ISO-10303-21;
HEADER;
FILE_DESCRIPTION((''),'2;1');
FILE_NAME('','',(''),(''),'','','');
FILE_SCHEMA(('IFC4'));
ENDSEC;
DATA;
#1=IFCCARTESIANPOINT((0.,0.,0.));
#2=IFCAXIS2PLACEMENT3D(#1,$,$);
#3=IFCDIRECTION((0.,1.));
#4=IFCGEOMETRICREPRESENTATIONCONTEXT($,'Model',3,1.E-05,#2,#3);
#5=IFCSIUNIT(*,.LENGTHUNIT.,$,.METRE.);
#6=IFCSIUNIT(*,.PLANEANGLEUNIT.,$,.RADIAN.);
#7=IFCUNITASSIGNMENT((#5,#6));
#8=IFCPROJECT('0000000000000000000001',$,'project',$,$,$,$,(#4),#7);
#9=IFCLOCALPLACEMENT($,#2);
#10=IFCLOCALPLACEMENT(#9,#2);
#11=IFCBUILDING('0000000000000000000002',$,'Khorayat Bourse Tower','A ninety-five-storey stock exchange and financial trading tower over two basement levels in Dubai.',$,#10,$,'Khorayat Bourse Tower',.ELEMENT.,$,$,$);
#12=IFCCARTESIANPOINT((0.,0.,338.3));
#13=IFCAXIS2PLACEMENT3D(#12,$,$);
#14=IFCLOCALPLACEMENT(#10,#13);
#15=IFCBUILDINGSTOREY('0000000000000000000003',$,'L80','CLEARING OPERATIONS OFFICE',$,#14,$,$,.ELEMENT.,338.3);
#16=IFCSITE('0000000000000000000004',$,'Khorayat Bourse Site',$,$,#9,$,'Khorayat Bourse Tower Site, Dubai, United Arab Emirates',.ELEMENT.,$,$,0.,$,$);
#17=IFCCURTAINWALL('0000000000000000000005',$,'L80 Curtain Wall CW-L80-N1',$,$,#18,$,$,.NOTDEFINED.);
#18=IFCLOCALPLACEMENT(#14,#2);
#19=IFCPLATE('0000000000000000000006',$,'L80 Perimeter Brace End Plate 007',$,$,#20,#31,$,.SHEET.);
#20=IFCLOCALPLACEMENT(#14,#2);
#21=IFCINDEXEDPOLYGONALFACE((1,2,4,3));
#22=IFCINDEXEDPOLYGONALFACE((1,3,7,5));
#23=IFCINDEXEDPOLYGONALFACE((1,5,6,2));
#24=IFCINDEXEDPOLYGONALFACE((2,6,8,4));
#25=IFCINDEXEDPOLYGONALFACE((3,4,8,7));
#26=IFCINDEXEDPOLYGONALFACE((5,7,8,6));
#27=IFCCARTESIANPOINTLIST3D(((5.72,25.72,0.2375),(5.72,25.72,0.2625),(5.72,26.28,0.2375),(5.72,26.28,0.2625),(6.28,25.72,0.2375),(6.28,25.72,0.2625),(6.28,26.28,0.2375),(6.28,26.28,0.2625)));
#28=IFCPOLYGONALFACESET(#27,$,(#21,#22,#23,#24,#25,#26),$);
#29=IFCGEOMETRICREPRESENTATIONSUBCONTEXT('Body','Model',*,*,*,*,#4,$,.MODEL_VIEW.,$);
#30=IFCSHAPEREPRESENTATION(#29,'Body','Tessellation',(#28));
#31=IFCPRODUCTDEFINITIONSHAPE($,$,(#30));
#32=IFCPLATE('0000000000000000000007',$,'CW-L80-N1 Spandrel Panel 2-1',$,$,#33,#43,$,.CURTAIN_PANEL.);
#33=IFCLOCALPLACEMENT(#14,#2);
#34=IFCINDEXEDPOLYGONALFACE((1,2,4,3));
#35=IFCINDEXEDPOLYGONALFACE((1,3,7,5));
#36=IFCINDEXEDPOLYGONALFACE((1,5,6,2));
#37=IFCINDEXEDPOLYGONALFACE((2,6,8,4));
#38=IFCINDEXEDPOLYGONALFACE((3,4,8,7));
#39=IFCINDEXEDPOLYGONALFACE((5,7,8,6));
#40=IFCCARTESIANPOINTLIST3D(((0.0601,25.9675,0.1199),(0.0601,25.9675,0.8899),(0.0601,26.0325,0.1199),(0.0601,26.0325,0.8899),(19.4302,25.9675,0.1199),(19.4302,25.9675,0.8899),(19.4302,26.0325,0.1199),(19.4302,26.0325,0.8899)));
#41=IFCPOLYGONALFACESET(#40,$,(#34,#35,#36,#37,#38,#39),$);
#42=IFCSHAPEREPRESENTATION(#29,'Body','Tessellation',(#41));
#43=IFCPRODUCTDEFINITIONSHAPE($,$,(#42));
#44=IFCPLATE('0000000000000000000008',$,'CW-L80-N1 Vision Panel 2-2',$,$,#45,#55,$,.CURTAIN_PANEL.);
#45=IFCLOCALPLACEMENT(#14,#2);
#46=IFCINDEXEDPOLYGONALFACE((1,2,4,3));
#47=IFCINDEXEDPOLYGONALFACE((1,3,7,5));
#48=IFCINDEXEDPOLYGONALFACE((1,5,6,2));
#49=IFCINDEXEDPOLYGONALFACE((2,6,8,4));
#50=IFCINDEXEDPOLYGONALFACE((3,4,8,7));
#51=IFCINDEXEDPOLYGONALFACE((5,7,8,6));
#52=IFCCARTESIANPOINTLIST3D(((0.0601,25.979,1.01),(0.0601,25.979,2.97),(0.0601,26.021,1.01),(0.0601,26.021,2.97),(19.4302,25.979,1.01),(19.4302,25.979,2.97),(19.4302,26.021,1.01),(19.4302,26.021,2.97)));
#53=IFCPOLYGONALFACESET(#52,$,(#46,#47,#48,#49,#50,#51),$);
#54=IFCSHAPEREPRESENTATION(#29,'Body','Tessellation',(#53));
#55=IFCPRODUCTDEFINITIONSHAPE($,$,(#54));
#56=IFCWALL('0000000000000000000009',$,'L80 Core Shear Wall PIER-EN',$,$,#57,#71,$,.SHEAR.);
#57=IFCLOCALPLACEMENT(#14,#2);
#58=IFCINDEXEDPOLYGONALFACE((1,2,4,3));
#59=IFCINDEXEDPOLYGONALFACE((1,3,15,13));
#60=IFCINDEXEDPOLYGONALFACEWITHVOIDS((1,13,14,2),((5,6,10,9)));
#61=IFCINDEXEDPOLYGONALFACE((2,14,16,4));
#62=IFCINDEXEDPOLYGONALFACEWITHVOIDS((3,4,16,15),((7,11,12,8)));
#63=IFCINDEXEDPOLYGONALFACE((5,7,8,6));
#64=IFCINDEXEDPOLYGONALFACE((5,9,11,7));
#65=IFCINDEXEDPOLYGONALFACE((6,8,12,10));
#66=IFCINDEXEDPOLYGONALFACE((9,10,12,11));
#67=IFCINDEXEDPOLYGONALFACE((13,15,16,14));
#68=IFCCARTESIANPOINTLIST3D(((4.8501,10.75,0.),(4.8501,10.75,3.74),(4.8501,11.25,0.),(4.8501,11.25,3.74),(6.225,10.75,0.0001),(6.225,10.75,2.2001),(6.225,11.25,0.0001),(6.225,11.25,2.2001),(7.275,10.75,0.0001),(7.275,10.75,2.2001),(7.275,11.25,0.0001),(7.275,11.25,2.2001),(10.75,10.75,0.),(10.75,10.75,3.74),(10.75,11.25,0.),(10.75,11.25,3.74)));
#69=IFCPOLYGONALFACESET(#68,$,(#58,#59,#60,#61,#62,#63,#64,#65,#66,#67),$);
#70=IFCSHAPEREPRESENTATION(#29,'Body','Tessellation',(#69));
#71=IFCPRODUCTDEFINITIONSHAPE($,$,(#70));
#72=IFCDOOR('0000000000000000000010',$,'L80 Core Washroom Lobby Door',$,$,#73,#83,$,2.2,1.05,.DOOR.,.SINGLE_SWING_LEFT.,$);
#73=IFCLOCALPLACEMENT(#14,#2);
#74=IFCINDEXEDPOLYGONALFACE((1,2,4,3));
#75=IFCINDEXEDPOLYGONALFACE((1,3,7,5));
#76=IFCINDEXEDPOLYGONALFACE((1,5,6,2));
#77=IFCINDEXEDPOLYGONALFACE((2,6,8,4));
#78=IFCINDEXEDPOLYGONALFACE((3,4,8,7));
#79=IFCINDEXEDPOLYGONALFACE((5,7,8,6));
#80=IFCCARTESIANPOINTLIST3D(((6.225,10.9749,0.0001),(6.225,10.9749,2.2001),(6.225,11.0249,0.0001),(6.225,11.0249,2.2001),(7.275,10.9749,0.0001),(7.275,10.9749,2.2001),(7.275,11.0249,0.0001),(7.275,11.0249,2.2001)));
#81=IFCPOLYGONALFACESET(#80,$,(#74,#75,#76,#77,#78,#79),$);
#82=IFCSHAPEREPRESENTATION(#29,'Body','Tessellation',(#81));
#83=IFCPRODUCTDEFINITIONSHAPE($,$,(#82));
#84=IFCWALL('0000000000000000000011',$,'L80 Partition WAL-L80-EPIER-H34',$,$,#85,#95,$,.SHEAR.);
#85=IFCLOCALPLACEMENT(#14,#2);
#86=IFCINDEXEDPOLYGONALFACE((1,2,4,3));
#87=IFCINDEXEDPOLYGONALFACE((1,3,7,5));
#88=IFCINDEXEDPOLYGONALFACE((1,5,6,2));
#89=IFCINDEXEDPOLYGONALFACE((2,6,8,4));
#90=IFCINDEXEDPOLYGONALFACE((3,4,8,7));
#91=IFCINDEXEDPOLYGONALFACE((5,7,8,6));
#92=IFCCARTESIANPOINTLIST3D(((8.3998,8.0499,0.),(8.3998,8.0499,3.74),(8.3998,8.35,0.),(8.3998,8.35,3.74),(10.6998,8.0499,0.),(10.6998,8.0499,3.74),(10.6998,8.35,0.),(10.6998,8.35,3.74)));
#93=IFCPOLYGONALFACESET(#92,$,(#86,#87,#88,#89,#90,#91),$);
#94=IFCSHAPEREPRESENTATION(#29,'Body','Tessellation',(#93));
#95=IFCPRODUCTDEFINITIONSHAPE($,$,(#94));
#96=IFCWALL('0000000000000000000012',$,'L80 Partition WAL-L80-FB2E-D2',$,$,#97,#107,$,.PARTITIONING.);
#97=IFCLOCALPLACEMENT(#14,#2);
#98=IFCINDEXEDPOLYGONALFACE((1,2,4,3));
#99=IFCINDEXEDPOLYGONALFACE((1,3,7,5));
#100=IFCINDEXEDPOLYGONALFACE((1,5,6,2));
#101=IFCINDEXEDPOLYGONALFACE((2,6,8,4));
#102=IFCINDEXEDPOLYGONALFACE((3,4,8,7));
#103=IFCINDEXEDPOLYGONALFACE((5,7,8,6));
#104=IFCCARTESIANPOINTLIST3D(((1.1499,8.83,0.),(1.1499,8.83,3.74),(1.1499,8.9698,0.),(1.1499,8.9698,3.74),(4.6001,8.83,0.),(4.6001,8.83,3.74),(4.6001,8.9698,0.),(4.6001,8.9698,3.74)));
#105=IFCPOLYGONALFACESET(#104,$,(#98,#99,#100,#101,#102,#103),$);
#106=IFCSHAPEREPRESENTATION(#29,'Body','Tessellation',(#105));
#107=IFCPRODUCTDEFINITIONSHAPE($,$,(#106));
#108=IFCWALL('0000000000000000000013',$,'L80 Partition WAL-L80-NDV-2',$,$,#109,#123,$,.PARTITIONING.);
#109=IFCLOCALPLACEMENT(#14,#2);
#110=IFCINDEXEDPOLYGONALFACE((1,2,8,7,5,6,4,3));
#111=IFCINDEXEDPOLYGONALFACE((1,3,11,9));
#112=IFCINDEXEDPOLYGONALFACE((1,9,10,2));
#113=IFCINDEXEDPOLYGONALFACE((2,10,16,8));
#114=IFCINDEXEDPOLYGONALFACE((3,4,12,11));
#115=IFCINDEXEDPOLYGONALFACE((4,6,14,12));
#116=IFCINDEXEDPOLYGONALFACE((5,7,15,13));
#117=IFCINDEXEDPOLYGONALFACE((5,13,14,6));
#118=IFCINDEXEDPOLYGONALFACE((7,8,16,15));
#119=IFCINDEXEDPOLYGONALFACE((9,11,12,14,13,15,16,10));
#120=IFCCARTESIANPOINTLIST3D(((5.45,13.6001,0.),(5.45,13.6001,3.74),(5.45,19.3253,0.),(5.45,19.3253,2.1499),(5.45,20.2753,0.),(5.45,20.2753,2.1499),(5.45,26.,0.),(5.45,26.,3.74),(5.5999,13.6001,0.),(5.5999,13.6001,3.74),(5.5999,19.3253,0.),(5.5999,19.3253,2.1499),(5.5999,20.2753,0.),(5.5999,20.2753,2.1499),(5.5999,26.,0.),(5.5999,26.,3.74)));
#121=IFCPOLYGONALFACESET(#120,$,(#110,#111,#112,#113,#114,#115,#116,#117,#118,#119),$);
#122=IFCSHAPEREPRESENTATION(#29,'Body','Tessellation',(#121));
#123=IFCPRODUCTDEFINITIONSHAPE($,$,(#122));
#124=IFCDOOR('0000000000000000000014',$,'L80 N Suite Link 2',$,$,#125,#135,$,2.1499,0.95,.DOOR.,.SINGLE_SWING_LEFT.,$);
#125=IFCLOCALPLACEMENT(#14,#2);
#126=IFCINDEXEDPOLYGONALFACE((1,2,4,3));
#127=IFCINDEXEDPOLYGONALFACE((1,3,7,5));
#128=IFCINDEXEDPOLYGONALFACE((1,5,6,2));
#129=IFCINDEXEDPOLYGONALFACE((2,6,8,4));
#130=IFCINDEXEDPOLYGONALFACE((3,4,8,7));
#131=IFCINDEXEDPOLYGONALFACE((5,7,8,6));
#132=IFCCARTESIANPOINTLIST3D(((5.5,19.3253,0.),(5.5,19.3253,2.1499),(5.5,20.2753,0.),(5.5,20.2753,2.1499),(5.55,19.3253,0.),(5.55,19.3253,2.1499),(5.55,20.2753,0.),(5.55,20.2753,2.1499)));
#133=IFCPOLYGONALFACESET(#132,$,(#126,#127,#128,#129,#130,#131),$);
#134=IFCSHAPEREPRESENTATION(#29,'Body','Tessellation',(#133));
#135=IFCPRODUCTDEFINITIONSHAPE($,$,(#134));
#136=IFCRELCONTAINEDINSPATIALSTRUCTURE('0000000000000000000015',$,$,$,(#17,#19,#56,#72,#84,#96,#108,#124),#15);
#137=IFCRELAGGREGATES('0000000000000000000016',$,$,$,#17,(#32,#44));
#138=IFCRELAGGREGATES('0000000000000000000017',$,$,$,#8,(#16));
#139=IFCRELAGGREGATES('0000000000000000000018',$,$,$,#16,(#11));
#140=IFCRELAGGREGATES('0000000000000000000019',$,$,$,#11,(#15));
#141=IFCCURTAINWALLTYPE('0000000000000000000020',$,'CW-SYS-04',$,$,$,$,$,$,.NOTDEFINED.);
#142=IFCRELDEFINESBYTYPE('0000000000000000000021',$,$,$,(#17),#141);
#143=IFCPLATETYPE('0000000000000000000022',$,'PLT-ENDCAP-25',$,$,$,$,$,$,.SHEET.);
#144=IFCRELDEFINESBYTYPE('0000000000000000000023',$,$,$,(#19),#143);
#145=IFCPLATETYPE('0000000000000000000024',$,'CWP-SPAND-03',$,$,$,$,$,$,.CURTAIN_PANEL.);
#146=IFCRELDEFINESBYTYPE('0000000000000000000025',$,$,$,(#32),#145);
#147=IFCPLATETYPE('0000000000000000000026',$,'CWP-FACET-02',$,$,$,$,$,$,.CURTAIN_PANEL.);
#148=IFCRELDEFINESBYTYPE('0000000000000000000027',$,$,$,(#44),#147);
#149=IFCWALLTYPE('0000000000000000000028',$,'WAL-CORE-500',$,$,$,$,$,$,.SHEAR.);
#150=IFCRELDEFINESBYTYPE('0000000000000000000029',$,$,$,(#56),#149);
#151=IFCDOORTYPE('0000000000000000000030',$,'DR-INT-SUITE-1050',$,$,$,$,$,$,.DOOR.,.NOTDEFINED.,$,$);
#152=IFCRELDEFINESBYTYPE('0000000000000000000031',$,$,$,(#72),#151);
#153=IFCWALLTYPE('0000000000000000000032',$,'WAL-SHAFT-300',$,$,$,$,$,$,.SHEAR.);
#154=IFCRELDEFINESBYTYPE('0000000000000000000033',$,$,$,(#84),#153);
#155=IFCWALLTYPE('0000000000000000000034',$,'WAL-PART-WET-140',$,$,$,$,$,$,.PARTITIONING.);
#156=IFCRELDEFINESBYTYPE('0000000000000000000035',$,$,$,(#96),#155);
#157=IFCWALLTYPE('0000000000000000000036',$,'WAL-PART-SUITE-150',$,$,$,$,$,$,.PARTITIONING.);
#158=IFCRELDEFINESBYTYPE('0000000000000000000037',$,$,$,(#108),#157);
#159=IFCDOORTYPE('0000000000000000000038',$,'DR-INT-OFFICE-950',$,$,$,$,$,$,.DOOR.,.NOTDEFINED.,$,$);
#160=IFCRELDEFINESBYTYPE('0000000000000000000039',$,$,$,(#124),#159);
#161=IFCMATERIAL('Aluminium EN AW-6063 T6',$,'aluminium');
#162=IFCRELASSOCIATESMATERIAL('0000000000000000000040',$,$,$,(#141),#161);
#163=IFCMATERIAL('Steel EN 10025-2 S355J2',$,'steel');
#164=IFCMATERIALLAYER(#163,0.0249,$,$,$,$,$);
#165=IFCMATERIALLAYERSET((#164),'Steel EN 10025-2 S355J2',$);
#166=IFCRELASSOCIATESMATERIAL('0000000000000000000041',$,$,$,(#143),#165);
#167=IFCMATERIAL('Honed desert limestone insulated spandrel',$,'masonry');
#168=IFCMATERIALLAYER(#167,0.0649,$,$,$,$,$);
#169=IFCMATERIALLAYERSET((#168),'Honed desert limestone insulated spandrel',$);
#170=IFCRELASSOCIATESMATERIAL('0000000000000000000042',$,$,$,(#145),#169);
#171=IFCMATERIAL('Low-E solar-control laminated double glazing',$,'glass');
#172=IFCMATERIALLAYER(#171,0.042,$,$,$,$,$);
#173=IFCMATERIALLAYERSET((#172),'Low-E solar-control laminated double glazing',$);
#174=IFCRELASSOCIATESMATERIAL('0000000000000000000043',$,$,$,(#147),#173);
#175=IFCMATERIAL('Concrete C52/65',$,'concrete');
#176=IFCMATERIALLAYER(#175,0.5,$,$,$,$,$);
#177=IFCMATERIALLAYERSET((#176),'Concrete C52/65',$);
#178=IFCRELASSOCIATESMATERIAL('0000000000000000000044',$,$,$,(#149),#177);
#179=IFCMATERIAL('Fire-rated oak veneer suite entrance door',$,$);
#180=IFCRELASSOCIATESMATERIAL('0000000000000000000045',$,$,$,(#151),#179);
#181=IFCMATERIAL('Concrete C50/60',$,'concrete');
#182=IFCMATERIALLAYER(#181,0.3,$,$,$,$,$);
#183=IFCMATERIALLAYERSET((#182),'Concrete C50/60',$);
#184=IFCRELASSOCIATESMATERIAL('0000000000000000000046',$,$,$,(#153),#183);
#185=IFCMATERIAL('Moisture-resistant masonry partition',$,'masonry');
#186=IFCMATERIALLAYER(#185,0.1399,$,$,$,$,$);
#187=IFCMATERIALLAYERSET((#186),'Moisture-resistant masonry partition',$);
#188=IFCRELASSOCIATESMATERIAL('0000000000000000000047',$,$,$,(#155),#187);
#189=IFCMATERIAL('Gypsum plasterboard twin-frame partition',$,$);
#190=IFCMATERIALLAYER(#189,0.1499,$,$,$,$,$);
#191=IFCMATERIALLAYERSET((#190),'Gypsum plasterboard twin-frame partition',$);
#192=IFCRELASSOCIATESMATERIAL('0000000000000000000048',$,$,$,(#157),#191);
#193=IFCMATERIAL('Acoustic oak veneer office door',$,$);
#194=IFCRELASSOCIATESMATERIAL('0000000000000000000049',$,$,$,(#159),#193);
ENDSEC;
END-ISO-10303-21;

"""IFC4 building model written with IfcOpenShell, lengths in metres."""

from ifc_helpers import new_model, si_unit, direction, frame, frame_2d, origin, origin_2d, place, context, subcontext, project, spatial, rectangle, extrude, source, transform, mapped, material, layer, layer_set, type_object, element, fill, aggregate, save


model = new_model("IFC4")

# Units and contexts
model_context = context("Model", 3, precision=1e-05, world=origin(), true_north=direction((0.0, 1.0)))
body_context = subcontext(model_context, "Body", "Model", "MODEL_VIEW")
ifc_project = project(units=[si_unit("LENGTHUNIT", "METRE"), si_unit("PLANEANGLEUNIT", "RADIAN")], contexts=[model_context])

# Site, building, storey
site_placement = place(None, origin())
site = spatial("IfcSite", under=ifc_project, at=site_placement, Name="Khorayat Bourse Site", LongName="Khorayat Bourse Tower Site, Dubai, United Arab Emirates", CompositionType="ELEMENT", RefElevation=0.0)
building_placement = place(site_placement, origin())
building = spatial("IfcBuilding", under=site, at=building_placement, Name="Khorayat Bourse Tower", Description="A ninety-five-storey stock exchange and financial trading tower over two basement levels in Dubai.", LongName="Khorayat Bourse Tower", CompositionType="ELEMENT")
storey_placement = place(building_placement, frame((0.0, 0.0, 338.3)))
storey = spatial("IfcBuildingStorey", under=building, at=storey_placement, Name="L80", Description="CLEARING OPERATIONS OFFICE", CompositionType="ELEMENT", Elevation=338.3)

# Shared definitions
ifc_material_1 = material(Name="Concrete C52/65", Category="concrete")
ifc_material_2 = material(Name="Steel EN 10025-2 S355J2", Category="steel")

# Curtain wall
ifc_material_3 = material(Name="Aluminium EN AW-6063 T6", Category="aluminium")
curtain_wall_type = type_object("IfcCurtainWallType", Name="CW-SYS-04", PredefinedType="NOTDEFINED", material=ifc_material_3)
curtain_wall_placement = place(storey_placement, origin())
curtain_wall = element("IfcCurtainWall", 1, at=curtain_wall_placement, inside=storey, type_object=curtain_wall_type, Name="L80 Curtain Wall CW-L80-N1", PredefinedType="NOTDEFINED")

# Plates
ifc_layer_1 = layer(ifc_material_2, 0.0249)
ifc_layer_set_1 = layer_set([ifc_layer_1], Name="Steel EN 10025-2 S355J2")
plate_type_1 = type_object("IfcPlateType", Name="PLT-ENDCAP-25", PredefinedType="SHEET", material=ifc_layer_set_1)
shared_shape_1 = source(origin(), body_context, "Body", "SweptSolid", [
    extrude(rectangle(XDim=0.5601, YDim=0.5601, at=origin_2d()), origin(), (0.0, 0.0, 1.0), 0.0249),
])
plate_1_placement = place(storey_placement, frame((6.0, 26.0, 0.2375), z_axis=(0.0, 0.0, 1.0), x_axis=(1.0, 0.0, 0.0)))
element("IfcPlate", 2, at=plate_1_placement, inside=storey, type_object=plate_type_1, Name="L80 Perimeter Brace End Plate 007", PredefinedType="SHEET", context=body_context, shape_type="MappedRepresentation", body=[
    mapped(shared_shape_1, transform((0.0, 0.0, 0.0), scale=1.0)),
])
ifc_material_4 = material(Name="Honed desert limestone insulated spandrel", Category="masonry")
ifc_layer_2 = layer(ifc_material_4, 0.0649)
ifc_layer_set_2 = layer_set([ifc_layer_2], Name="Honed desert limestone insulated spandrel")
plate_type_2 = type_object("IfcPlateType", Name="CWP-SPAND-03", PredefinedType="CURTAIN_PANEL", material=ifc_layer_set_2)
shared_shape_2 = source(origin(), body_context, "Body", "SweptSolid", [
    extrude(rectangle(XDim=19.3701, YDim=0.0649, at=origin_2d()), origin(), (0.0, 0.0, 1.0), 0.77),
])
plate_2_placement = place(storey_placement, frame((9.7451, 26.0, 0.1199), z_axis=(0.0, 0.0, 1.0), x_axis=(1.0, 0.0, 0.0)))
plate_2 = element("IfcPlate", 3, at=plate_2_placement, type_object=plate_type_2, Name="CW-L80-N1 Spandrel Panel 2-1", PredefinedType="CURTAIN_PANEL", context=body_context, shape_type="MappedRepresentation", body=[
    mapped(shared_shape_2, transform((0.0, 0.0, 0.0), scale=1.0)),
])
ifc_material_5 = material(Name="Low-E solar-control laminated double glazing", Category="glass")
ifc_layer_3 = layer(ifc_material_5, 0.042)
ifc_layer_set_3 = layer_set([ifc_layer_3], Name="Low-E solar-control laminated double glazing")
plate_type_3 = type_object("IfcPlateType", Name="CWP-FACET-02", PredefinedType="CURTAIN_PANEL", material=ifc_layer_set_3)
shared_shape_3 = source(origin(), body_context, "Body", "SweptSolid", [
    extrude(rectangle(XDim=19.3701, YDim=0.042, at=origin_2d()), origin(), (0.0, 0.0, 1.0), 1.96),
])
plate_3_placement = place(storey_placement, frame((9.7451, 26.0, 1.01), z_axis=(0.0, 0.0, 1.0), x_axis=(1.0, 0.0, 0.0)))
plate_3 = element("IfcPlate", 4, at=plate_3_placement, type_object=plate_type_3, Name="CW-L80-N1 Vision Panel 2-2", PredefinedType="CURTAIN_PANEL", context=body_context, shape_type="MappedRepresentation", body=[
    mapped(shared_shape_3, transform((0.0, 0.0, 0.0), scale=1.0)),
])
aggregate(curtain_wall, [plate_2, plate_3])

# Wall, opening, door
ifc_layer_4 = layer(ifc_material_1, 0.5)
ifc_layer_set_4 = layer_set([ifc_layer_4], Name="Concrete C52/65")
wall_type_1 = type_object("IfcWallType", Name="WAL-CORE-500", PredefinedType="SHEAR", material=ifc_layer_set_4)
shared_shape_4 = source(origin(), body_context, "Body", "SweptSolid", [
    extrude(rectangle(XDim=5.8999, YDim=0.5, at=frame_2d((2.95, 0.0))), origin(), (0.0, 0.0, 1.0), 3.74),
])
wall_1_placement = place(storey_placement, frame((4.8501, 11.0, 0.0), z_axis=(0.0, 0.0, 1.0), x_axis=(1.0, 0.0, 0.0)))
wall_1 = element("IfcWall", 5, at=wall_1_placement, inside=storey, type_object=wall_type_1, Name="L80 Core Shear Wall PIER-EN", PredefinedType="SHEAR", context=body_context, shape_type="MappedRepresentation", body=[
    mapped(shared_shape_4, transform((0.0, 0.0, 0.0), scale=1.0)),
])
shared_shape_5 = source(origin(), body_context, "Body", "SweptSolid", [
    extrude(rectangle(XDim=1.05, YDim=2.2, at=frame_2d((0.5249, 1.1001))), frame((0.0, 0.26, 0.0), z_axis=(0.0, -1.0, 0.0), x_axis=(1.0, 0.0, 0.0)), (0.0, 0.0, 1.0), 0.52),
])
opening_1_placement = place(wall_1_placement, frame((1.375, 0.0, 0.0)))
opening_1 = element("IfcOpeningElement", 6, at=opening_1_placement, cuts=wall_1, PredefinedType="OPENING", context=body_context, shape_type="MappedRepresentation", body=[
    mapped(shared_shape_5, transform((0.0, 0.0, 0.0), scale=1.0)),
])
ifc_material_6 = material(Name="Fire-rated oak veneer suite entrance door")
door_type_1 = type_object("IfcDoorType", Name="DR-INT-SUITE-1050", OperationType="NOTDEFINED", PredefinedType="DOOR", material=ifc_material_6)
shared_shape_6 = source(origin(), body_context, "Body", "SweptSolid", [
    extrude(rectangle(XDim=1.05, YDim=2.2, at=frame_2d((0.5249, 1.1001))), frame((0.0, 0.0249, 0.0), z_axis=(0.0, -1.0, 0.0), x_axis=(1.0, 0.0, 0.0)), (0.0, 0.0, 1.0), 0.05),
])
door_1_placement = place(opening_1_placement, origin())
door_1 = element("IfcDoor", 7, at=door_1_placement, inside=storey, type_object=door_type_1, Name="L80 Core Washroom Lobby Door", OperationType="SINGLE_SWING_LEFT", OverallHeight=2.2, OverallWidth=1.05, PredefinedType="DOOR", context=body_context, shape_type="MappedRepresentation", body=[
    mapped(shared_shape_6, transform((0.0, 0.0, 0.0), scale=1.0)),
])
fill(opening_1, door_1)

# Wall
ifc_material_7 = material(Name="Concrete C50/60", Category="concrete")
ifc_layer_5 = layer(ifc_material_7, 0.3)
ifc_layer_set_5 = layer_set([ifc_layer_5], Name="Concrete C50/60")
wall_type_2 = type_object("IfcWallType", Name="WAL-SHAFT-300", PredefinedType="SHEAR", material=ifc_layer_set_5)
shared_shape_7 = source(origin(), body_context, "Body", "SweptSolid", [
    extrude(rectangle(XDim=2.3, YDim=0.3, at=frame_2d((1.1499, 0.0))), origin(), (0.0, 0.0, 1.0), 3.74),
])
wall_2_placement = place(storey_placement, frame((8.3999, 8.2, 0.0), z_axis=(0.0, 0.0, 1.0), x_axis=(1.0, 0.0, 0.0)))
element("IfcWall", 8, at=wall_2_placement, inside=storey, type_object=wall_type_2, Name="L80 Partition WAL-L80-EPIER-H34", PredefinedType="SHEAR", context=body_context, shape_type="MappedRepresentation", body=[
    mapped(shared_shape_7, transform((0.0, 0.0, 0.0), scale=1.0)),
])

# Shared definitions
ifc_material_8 = material(Name="Moisture-resistant masonry partition", Category="masonry")
ifc_layer_6 = layer(ifc_material_8, 0.1399)
ifc_layer_set_6 = layer_set([ifc_layer_6], Name="Moisture-resistant masonry partition")
wall_type_3 = type_object("IfcWallType", Name="WAL-PART-WET-140", PredefinedType="PARTITIONING", material=ifc_layer_set_6)

# Wall
shared_shape_8 = source(origin(), body_context, "Body", "SweptSolid", [
    extrude(rectangle(XDim=3.4502, YDim=0.1399, at=frame_2d((1.7251, 0.0))), origin(), (0.0, 0.0, 1.0), 3.74),
])
wall_3_placement = place(storey_placement, frame((1.1499, 8.8999, 0.0), z_axis=(0.0, 0.0, 1.0), x_axis=(1.0, 0.0, 0.0)))
element("IfcWall", 9, at=wall_3_placement, inside=storey, type_object=wall_type_3, Name="L80 Partition WAL-L80-FB2E-D2", PredefinedType="PARTITIONING", context=body_context, shape_type="MappedRepresentation", body=[
    mapped(shared_shape_8, transform((0.0, 0.0, 0.0), scale=1.0)),
])

# Wall, opening, door
ifc_material_9 = material(Name="Gypsum plasterboard twin-frame partition")
ifc_layer_7 = layer(ifc_material_9, 0.1499)
ifc_layer_set_7 = layer_set([ifc_layer_7], Name="Gypsum plasterboard twin-frame partition")
wall_type_4 = type_object("IfcWallType", Name="WAL-PART-SUITE-150", PredefinedType="PARTITIONING", material=ifc_layer_set_7)
shared_shape_9 = source(origin(), body_context, "Body", "SweptSolid", [
    extrude(rectangle(XDim=12.3999, YDim=0.1499, at=frame_2d((6.2, 0.0))), origin(), (0.0, 0.0, 1.0), 3.74),
])
wall_4_placement = place(storey_placement, frame((5.5249, 13.6001, 0.0), z_axis=(0.0, 0.0, 1.0), x_axis=(0.0, 1.0, 0.0)))
wall_4 = element("IfcWall", 10, at=wall_4_placement, inside=storey, type_object=wall_type_4, Name="L80 Partition WAL-L80-NDV-2", PredefinedType="PARTITIONING", context=body_context, shape_type="MappedRepresentation", body=[
    mapped(shared_shape_9, transform((0.0, 0.0, 0.0), scale=1.0)),
])
shared_shape_10 = source(origin(), body_context, "Body", "SweptSolid", [
    extrude(rectangle(XDim=0.95, YDim=2.1499, at=frame_2d((0.4751, 1.075))), frame((0.0, 0.085, 0.0), z_axis=(0.0, -1.0, 0.0), x_axis=(1.0, 0.0, 0.0)), (0.0, 0.0, 1.0), 0.1699),
])
opening_2_placement = place(wall_4_placement, frame((5.7251, 0.0, 0.0)))
opening_2 = element("IfcOpeningElement", 11, at=opening_2_placement, cuts=wall_4, PredefinedType="OPENING", context=body_context, shape_type="MappedRepresentation", body=[
    mapped(shared_shape_10, transform((0.0, 0.0, 0.0), scale=1.0)),
])
ifc_material_10 = material(Name="Acoustic oak veneer office door")
door_type_2 = type_object("IfcDoorType", Name="DR-INT-OFFICE-950", OperationType="NOTDEFINED", PredefinedType="DOOR", material=ifc_material_10)
shared_shape_11 = source(origin(), body_context, "Body", "SweptSolid", [
    extrude(rectangle(XDim=0.95, YDim=2.1499, at=frame_2d((0.4751, 1.075))), frame((0.0, 0.0249, 0.0), z_axis=(0.0, -1.0, 0.0), x_axis=(1.0, 0.0, 0.0)), (0.0, 0.0, 1.0), 0.05),
])
door_2_placement = place(opening_2_placement, origin())
door_2 = element("IfcDoor", 12, at=door_2_placement, inside=storey, type_object=door_type_2, Name="L80 N Suite Link 2", OperationType="SINGLE_SWING_LEFT", OverallHeight=2.1499, OverallWidth=0.95, PredefinedType="DOOR", context=body_context, shape_type="MappedRepresentation", body=[
    mapped(shared_shape_11, transform((0.0, 0.0, 0.0), scale=1.0)),
])
fill(opening_2, door_2)

save(model, "model.ifc")
